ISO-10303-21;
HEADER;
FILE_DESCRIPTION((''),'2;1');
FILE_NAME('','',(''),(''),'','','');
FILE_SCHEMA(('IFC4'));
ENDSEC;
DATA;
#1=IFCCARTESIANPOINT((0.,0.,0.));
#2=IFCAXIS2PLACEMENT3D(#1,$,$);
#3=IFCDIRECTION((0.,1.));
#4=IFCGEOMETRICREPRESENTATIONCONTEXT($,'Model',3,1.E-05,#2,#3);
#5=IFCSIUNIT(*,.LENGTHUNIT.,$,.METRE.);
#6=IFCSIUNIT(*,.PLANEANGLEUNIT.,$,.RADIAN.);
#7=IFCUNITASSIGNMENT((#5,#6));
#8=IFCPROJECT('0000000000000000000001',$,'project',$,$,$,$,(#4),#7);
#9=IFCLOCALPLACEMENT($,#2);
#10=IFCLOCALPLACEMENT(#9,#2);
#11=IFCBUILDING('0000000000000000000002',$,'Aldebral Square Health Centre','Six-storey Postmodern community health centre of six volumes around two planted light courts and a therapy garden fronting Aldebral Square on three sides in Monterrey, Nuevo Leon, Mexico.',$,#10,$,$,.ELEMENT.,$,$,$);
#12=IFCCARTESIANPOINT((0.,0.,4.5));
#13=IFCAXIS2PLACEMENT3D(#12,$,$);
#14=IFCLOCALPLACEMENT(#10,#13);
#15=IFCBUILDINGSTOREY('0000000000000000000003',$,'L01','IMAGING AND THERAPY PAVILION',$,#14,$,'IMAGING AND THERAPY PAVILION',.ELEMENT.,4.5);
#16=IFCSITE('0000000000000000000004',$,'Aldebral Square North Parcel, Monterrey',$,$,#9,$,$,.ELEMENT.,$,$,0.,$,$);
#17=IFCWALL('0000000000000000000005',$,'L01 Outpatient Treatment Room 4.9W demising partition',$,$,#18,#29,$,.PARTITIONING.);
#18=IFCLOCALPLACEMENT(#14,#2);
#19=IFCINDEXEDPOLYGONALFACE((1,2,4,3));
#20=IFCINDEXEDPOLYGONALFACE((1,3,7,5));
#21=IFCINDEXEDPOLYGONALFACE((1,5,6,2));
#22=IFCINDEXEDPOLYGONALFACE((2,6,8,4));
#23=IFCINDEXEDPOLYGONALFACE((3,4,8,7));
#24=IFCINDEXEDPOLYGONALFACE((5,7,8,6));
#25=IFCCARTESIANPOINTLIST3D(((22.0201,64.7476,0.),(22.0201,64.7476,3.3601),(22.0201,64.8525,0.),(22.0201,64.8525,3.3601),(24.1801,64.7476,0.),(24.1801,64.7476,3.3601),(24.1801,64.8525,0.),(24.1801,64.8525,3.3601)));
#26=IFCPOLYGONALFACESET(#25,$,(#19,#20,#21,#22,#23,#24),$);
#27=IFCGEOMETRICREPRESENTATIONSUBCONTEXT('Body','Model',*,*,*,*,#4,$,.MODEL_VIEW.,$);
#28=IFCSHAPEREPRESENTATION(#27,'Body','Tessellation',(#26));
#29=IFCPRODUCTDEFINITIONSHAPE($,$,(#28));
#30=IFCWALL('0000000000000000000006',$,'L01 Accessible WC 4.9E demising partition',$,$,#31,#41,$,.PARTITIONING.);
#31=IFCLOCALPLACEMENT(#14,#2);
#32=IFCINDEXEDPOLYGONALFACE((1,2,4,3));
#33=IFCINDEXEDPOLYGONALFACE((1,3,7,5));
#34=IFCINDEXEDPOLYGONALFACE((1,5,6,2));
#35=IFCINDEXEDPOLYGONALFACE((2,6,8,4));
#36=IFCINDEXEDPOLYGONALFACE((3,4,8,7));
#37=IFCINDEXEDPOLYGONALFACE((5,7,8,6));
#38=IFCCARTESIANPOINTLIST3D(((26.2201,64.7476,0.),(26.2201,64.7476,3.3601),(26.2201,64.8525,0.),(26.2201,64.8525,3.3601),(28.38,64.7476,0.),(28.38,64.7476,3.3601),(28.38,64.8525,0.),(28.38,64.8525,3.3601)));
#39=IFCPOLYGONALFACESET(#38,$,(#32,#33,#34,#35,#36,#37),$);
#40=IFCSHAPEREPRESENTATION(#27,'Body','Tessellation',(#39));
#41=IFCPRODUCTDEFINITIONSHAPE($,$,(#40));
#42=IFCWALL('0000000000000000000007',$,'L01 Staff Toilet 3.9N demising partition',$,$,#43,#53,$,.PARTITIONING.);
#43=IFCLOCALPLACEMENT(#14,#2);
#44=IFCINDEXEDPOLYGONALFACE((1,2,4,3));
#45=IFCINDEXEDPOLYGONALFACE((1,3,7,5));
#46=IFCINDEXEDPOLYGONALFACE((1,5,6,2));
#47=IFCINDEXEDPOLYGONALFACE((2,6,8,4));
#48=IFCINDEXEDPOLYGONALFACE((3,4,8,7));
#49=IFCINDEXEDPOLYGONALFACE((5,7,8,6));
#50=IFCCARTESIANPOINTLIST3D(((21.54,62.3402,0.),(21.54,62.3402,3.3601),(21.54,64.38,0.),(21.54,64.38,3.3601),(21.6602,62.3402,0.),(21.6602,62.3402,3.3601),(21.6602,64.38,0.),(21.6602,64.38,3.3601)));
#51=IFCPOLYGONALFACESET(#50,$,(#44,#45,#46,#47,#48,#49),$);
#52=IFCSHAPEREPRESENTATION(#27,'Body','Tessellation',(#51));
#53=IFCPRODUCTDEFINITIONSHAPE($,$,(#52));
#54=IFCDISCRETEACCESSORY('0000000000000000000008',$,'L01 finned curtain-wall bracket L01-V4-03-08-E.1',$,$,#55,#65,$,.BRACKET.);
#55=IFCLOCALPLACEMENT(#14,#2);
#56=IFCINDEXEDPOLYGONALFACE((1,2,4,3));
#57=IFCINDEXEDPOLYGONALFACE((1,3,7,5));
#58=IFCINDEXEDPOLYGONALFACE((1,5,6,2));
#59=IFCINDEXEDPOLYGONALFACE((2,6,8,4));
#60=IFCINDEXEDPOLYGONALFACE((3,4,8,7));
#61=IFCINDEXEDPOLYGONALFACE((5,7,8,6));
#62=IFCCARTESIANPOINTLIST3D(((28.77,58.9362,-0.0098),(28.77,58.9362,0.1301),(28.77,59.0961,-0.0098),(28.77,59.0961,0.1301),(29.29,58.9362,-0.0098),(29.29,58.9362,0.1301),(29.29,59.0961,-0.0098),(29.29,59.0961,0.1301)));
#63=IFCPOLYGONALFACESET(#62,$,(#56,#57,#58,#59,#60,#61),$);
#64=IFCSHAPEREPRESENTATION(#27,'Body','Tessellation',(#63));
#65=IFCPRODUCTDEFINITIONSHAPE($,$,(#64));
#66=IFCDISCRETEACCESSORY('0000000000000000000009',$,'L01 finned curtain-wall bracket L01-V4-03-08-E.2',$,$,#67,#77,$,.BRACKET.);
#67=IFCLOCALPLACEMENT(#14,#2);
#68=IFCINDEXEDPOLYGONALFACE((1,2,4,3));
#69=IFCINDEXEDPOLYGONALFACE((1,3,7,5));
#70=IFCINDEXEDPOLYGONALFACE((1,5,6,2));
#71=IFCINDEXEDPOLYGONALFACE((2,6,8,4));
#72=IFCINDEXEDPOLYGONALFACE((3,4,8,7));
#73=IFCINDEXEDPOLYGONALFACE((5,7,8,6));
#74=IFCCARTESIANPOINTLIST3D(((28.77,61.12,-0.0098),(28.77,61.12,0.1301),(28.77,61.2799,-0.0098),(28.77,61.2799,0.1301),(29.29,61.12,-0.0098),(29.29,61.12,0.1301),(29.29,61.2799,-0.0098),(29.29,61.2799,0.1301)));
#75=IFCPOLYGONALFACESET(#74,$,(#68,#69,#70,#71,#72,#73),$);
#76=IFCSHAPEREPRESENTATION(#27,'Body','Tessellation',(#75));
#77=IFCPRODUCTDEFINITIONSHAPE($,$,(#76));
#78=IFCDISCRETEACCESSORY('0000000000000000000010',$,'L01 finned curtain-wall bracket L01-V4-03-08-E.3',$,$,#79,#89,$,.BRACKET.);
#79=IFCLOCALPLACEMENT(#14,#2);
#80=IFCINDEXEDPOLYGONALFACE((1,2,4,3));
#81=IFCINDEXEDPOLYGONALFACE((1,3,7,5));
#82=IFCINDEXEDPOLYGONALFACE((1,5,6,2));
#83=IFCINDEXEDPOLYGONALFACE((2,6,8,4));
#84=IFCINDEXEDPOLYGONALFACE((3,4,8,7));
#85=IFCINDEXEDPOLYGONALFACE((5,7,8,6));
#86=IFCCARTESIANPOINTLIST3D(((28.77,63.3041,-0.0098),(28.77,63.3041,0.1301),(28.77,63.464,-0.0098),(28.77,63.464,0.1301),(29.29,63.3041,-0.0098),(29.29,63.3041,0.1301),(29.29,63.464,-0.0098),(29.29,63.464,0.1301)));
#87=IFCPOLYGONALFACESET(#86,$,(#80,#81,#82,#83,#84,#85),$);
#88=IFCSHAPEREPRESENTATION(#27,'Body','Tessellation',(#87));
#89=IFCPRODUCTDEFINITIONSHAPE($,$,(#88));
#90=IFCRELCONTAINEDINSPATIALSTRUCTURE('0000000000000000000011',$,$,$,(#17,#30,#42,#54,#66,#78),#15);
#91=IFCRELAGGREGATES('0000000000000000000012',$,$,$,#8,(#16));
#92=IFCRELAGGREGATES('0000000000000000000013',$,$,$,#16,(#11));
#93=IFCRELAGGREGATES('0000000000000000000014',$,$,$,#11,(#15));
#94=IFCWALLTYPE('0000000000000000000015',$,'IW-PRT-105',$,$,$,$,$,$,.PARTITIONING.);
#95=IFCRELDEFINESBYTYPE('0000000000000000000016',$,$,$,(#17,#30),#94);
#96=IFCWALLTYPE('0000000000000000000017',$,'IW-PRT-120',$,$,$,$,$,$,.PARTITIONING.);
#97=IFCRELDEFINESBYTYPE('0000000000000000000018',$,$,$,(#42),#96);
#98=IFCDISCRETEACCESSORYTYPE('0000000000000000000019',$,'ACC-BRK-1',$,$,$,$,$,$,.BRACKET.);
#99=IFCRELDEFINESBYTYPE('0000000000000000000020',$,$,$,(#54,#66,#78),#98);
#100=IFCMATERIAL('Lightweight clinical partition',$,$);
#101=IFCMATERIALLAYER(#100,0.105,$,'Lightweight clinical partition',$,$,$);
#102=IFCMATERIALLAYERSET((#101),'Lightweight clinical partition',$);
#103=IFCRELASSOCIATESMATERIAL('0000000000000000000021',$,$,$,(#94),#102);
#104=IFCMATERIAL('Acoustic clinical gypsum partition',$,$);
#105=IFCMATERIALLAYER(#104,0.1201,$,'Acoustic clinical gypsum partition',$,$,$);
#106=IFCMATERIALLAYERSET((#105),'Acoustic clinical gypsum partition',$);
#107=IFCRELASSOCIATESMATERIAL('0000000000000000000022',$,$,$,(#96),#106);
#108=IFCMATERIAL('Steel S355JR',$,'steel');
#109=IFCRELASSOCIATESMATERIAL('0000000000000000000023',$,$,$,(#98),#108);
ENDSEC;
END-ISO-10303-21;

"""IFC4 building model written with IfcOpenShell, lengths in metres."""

from ifc_helpers import new_model, si_unit, direction, frame, frame_2d, origin, origin_2d, place, context, subcontext, project, spatial, rectangle, extrude, material, layer, layer_set, type_object, element, save


model = new_model("IFC4")

# Units and contexts
model_context = context("Model", 3, precision=1e-05, world=origin(), true_north=direction((0.0, 1.0)))
body_context = subcontext(model_context, "Body", "Model", "MODEL_VIEW")
ifc_project = project(units=[si_unit("LENGTHUNIT", "METRE"), si_unit("PLANEANGLEUNIT", "RADIAN")], contexts=[model_context])

# Site, building, storey
site_placement = place(None, origin())
site = spatial("IfcSite", under=ifc_project, at=site_placement, Name="Aldebral Square North Parcel, Monterrey", CompositionType="ELEMENT", RefElevation=0.0)
building_placement = place(site_placement, origin())
building = spatial("IfcBuilding", under=site, at=building_placement, Name="Aldebral Square Health Centre", Description="Six-storey Postmodern community health centre of six volumes around two planted light courts and a therapy garden fronting Aldebral Square on three sides in Monterrey, Nuevo Leon, Mexico.", CompositionType="ELEMENT")
storey_placement = place(building_placement, frame((0.0, 0.0, 4.5)))
storey = spatial("IfcBuildingStorey", under=building, at=storey_placement, Name="L01", Description="IMAGING AND THERAPY PAVILION", LongName="IMAGING AND THERAPY PAVILION", CompositionType="ELEMENT", Elevation=4.5)

# Walls
ifc_material_1 = material(Name="Lightweight clinical partition")
ifc_layer_1 = layer(ifc_material_1, 0.105, Name="Lightweight clinical partition")
ifc_layer_set_1 = layer_set([ifc_layer_1], Name="Lightweight clinical partition")
wall_type_1 = type_object("IfcWallType", Name="IW-PRT-105", PredefinedType="PARTITIONING", material=ifc_layer_set_1)
for number, where, z_axis, x_axis, name in (
    (1, (22.02, 64.8, 0.0), (0.0, 0.0, 1.0), (1.0, 0.0, 0.0), "L01 Outpatient Treatment Room 4.9W demising partition"),
    (2, (26.22, 64.8, 0.0), (0.0, 0.0, 1.0), (1.0, 0.0, 0.0), "L01 Accessible WC 4.9E demising partition"),
):
    element("IfcWall", number, at=place(storey_placement, frame(where, z_axis=z_axis, x_axis=x_axis)), inside=storey, type_object=wall_type_1, Name=name, PredefinedType="PARTITIONING", context=body_context, shape_type="SweptSolid", body=[
        extrude(rectangle(XDim=2.1599, YDim=0.105, at=frame_2d((1.0801, 0.0))), origin(), (0.0, 0.0, 1.0), 3.3601),
    ])
ifc_material_2 = material(Name="Acoustic clinical gypsum partition")
ifc_layer_2 = layer(ifc_material_2, 0.1201, Name="Acoustic clinical gypsum partition")
ifc_layer_set_2 = layer_set([ifc_layer_2], Name="Acoustic clinical gypsum partition")
wall_type_2 = type_object("IfcWallType", Name="IW-PRT-120", PredefinedType="PARTITIONING", material=ifc_layer_set_2)
wall_1_placement = place(storey_placement, frame((21.6001, 62.3401, 0.0), z_axis=(0.0, 0.0, 1.0), x_axis=(0.0, 1.0, 0.0)))
element("IfcWall", 3, at=wall_1_placement, inside=storey, type_object=wall_type_2, Name="L01 Staff Toilet 3.9N demising partition", PredefinedType="PARTITIONING", context=body_context, shape_type="SweptSolid", body=[
    extrude(rectangle(XDim=2.0398, YDim=0.1201, at=frame_2d((1.02, 0.0))), origin(), (0.0, 0.0, 1.0), 3.3601),
])

# Discrete accessories
ifc_material_3 = material(Name="Steel S355JR", Category="steel")
discrete_accessory_type = type_object("IfcDiscreteAccessoryType", Name="ACC-BRK-1", PredefinedType="BRACKET", material=ifc_material_3)
for number, where, z_axis, x_axis, name in (
    (4, (29.03, 59.0161, -0.0098), (0.0, 0.0, 1.0), (0.0, 1.0, 0.0), "L01 finned curtain-wall bracket L01-V4-03-08-E.1"),
    (5, (29.03, 61.2, -0.0098), (0.0, 0.0, 1.0), (0.0, 1.0, 0.0), "L01 finned curtain-wall bracket L01-V4-03-08-E.2"),
    (6, (29.03, 63.384, -0.0098), (0.0, 0.0, 1.0), (0.0, 1.0, 0.0), "L01 finned curtain-wall bracket L01-V4-03-08-E.3"),
):
    element("IfcDiscreteAccessory", number, at=place(storey_placement, frame(where, z_axis=z_axis, x_axis=x_axis)), inside=storey, type_object=discrete_accessory_type, Name=name, PredefinedType="BRACKET", context=body_context, shape_type="SweptSolid", body=[
        extrude(rectangle(XDim=0.1599, YDim=0.52, at=origin_2d()), origin(), (0.0, 0.0, 1.0), 0.1399),
    ])

save(model, "model.ifc")
